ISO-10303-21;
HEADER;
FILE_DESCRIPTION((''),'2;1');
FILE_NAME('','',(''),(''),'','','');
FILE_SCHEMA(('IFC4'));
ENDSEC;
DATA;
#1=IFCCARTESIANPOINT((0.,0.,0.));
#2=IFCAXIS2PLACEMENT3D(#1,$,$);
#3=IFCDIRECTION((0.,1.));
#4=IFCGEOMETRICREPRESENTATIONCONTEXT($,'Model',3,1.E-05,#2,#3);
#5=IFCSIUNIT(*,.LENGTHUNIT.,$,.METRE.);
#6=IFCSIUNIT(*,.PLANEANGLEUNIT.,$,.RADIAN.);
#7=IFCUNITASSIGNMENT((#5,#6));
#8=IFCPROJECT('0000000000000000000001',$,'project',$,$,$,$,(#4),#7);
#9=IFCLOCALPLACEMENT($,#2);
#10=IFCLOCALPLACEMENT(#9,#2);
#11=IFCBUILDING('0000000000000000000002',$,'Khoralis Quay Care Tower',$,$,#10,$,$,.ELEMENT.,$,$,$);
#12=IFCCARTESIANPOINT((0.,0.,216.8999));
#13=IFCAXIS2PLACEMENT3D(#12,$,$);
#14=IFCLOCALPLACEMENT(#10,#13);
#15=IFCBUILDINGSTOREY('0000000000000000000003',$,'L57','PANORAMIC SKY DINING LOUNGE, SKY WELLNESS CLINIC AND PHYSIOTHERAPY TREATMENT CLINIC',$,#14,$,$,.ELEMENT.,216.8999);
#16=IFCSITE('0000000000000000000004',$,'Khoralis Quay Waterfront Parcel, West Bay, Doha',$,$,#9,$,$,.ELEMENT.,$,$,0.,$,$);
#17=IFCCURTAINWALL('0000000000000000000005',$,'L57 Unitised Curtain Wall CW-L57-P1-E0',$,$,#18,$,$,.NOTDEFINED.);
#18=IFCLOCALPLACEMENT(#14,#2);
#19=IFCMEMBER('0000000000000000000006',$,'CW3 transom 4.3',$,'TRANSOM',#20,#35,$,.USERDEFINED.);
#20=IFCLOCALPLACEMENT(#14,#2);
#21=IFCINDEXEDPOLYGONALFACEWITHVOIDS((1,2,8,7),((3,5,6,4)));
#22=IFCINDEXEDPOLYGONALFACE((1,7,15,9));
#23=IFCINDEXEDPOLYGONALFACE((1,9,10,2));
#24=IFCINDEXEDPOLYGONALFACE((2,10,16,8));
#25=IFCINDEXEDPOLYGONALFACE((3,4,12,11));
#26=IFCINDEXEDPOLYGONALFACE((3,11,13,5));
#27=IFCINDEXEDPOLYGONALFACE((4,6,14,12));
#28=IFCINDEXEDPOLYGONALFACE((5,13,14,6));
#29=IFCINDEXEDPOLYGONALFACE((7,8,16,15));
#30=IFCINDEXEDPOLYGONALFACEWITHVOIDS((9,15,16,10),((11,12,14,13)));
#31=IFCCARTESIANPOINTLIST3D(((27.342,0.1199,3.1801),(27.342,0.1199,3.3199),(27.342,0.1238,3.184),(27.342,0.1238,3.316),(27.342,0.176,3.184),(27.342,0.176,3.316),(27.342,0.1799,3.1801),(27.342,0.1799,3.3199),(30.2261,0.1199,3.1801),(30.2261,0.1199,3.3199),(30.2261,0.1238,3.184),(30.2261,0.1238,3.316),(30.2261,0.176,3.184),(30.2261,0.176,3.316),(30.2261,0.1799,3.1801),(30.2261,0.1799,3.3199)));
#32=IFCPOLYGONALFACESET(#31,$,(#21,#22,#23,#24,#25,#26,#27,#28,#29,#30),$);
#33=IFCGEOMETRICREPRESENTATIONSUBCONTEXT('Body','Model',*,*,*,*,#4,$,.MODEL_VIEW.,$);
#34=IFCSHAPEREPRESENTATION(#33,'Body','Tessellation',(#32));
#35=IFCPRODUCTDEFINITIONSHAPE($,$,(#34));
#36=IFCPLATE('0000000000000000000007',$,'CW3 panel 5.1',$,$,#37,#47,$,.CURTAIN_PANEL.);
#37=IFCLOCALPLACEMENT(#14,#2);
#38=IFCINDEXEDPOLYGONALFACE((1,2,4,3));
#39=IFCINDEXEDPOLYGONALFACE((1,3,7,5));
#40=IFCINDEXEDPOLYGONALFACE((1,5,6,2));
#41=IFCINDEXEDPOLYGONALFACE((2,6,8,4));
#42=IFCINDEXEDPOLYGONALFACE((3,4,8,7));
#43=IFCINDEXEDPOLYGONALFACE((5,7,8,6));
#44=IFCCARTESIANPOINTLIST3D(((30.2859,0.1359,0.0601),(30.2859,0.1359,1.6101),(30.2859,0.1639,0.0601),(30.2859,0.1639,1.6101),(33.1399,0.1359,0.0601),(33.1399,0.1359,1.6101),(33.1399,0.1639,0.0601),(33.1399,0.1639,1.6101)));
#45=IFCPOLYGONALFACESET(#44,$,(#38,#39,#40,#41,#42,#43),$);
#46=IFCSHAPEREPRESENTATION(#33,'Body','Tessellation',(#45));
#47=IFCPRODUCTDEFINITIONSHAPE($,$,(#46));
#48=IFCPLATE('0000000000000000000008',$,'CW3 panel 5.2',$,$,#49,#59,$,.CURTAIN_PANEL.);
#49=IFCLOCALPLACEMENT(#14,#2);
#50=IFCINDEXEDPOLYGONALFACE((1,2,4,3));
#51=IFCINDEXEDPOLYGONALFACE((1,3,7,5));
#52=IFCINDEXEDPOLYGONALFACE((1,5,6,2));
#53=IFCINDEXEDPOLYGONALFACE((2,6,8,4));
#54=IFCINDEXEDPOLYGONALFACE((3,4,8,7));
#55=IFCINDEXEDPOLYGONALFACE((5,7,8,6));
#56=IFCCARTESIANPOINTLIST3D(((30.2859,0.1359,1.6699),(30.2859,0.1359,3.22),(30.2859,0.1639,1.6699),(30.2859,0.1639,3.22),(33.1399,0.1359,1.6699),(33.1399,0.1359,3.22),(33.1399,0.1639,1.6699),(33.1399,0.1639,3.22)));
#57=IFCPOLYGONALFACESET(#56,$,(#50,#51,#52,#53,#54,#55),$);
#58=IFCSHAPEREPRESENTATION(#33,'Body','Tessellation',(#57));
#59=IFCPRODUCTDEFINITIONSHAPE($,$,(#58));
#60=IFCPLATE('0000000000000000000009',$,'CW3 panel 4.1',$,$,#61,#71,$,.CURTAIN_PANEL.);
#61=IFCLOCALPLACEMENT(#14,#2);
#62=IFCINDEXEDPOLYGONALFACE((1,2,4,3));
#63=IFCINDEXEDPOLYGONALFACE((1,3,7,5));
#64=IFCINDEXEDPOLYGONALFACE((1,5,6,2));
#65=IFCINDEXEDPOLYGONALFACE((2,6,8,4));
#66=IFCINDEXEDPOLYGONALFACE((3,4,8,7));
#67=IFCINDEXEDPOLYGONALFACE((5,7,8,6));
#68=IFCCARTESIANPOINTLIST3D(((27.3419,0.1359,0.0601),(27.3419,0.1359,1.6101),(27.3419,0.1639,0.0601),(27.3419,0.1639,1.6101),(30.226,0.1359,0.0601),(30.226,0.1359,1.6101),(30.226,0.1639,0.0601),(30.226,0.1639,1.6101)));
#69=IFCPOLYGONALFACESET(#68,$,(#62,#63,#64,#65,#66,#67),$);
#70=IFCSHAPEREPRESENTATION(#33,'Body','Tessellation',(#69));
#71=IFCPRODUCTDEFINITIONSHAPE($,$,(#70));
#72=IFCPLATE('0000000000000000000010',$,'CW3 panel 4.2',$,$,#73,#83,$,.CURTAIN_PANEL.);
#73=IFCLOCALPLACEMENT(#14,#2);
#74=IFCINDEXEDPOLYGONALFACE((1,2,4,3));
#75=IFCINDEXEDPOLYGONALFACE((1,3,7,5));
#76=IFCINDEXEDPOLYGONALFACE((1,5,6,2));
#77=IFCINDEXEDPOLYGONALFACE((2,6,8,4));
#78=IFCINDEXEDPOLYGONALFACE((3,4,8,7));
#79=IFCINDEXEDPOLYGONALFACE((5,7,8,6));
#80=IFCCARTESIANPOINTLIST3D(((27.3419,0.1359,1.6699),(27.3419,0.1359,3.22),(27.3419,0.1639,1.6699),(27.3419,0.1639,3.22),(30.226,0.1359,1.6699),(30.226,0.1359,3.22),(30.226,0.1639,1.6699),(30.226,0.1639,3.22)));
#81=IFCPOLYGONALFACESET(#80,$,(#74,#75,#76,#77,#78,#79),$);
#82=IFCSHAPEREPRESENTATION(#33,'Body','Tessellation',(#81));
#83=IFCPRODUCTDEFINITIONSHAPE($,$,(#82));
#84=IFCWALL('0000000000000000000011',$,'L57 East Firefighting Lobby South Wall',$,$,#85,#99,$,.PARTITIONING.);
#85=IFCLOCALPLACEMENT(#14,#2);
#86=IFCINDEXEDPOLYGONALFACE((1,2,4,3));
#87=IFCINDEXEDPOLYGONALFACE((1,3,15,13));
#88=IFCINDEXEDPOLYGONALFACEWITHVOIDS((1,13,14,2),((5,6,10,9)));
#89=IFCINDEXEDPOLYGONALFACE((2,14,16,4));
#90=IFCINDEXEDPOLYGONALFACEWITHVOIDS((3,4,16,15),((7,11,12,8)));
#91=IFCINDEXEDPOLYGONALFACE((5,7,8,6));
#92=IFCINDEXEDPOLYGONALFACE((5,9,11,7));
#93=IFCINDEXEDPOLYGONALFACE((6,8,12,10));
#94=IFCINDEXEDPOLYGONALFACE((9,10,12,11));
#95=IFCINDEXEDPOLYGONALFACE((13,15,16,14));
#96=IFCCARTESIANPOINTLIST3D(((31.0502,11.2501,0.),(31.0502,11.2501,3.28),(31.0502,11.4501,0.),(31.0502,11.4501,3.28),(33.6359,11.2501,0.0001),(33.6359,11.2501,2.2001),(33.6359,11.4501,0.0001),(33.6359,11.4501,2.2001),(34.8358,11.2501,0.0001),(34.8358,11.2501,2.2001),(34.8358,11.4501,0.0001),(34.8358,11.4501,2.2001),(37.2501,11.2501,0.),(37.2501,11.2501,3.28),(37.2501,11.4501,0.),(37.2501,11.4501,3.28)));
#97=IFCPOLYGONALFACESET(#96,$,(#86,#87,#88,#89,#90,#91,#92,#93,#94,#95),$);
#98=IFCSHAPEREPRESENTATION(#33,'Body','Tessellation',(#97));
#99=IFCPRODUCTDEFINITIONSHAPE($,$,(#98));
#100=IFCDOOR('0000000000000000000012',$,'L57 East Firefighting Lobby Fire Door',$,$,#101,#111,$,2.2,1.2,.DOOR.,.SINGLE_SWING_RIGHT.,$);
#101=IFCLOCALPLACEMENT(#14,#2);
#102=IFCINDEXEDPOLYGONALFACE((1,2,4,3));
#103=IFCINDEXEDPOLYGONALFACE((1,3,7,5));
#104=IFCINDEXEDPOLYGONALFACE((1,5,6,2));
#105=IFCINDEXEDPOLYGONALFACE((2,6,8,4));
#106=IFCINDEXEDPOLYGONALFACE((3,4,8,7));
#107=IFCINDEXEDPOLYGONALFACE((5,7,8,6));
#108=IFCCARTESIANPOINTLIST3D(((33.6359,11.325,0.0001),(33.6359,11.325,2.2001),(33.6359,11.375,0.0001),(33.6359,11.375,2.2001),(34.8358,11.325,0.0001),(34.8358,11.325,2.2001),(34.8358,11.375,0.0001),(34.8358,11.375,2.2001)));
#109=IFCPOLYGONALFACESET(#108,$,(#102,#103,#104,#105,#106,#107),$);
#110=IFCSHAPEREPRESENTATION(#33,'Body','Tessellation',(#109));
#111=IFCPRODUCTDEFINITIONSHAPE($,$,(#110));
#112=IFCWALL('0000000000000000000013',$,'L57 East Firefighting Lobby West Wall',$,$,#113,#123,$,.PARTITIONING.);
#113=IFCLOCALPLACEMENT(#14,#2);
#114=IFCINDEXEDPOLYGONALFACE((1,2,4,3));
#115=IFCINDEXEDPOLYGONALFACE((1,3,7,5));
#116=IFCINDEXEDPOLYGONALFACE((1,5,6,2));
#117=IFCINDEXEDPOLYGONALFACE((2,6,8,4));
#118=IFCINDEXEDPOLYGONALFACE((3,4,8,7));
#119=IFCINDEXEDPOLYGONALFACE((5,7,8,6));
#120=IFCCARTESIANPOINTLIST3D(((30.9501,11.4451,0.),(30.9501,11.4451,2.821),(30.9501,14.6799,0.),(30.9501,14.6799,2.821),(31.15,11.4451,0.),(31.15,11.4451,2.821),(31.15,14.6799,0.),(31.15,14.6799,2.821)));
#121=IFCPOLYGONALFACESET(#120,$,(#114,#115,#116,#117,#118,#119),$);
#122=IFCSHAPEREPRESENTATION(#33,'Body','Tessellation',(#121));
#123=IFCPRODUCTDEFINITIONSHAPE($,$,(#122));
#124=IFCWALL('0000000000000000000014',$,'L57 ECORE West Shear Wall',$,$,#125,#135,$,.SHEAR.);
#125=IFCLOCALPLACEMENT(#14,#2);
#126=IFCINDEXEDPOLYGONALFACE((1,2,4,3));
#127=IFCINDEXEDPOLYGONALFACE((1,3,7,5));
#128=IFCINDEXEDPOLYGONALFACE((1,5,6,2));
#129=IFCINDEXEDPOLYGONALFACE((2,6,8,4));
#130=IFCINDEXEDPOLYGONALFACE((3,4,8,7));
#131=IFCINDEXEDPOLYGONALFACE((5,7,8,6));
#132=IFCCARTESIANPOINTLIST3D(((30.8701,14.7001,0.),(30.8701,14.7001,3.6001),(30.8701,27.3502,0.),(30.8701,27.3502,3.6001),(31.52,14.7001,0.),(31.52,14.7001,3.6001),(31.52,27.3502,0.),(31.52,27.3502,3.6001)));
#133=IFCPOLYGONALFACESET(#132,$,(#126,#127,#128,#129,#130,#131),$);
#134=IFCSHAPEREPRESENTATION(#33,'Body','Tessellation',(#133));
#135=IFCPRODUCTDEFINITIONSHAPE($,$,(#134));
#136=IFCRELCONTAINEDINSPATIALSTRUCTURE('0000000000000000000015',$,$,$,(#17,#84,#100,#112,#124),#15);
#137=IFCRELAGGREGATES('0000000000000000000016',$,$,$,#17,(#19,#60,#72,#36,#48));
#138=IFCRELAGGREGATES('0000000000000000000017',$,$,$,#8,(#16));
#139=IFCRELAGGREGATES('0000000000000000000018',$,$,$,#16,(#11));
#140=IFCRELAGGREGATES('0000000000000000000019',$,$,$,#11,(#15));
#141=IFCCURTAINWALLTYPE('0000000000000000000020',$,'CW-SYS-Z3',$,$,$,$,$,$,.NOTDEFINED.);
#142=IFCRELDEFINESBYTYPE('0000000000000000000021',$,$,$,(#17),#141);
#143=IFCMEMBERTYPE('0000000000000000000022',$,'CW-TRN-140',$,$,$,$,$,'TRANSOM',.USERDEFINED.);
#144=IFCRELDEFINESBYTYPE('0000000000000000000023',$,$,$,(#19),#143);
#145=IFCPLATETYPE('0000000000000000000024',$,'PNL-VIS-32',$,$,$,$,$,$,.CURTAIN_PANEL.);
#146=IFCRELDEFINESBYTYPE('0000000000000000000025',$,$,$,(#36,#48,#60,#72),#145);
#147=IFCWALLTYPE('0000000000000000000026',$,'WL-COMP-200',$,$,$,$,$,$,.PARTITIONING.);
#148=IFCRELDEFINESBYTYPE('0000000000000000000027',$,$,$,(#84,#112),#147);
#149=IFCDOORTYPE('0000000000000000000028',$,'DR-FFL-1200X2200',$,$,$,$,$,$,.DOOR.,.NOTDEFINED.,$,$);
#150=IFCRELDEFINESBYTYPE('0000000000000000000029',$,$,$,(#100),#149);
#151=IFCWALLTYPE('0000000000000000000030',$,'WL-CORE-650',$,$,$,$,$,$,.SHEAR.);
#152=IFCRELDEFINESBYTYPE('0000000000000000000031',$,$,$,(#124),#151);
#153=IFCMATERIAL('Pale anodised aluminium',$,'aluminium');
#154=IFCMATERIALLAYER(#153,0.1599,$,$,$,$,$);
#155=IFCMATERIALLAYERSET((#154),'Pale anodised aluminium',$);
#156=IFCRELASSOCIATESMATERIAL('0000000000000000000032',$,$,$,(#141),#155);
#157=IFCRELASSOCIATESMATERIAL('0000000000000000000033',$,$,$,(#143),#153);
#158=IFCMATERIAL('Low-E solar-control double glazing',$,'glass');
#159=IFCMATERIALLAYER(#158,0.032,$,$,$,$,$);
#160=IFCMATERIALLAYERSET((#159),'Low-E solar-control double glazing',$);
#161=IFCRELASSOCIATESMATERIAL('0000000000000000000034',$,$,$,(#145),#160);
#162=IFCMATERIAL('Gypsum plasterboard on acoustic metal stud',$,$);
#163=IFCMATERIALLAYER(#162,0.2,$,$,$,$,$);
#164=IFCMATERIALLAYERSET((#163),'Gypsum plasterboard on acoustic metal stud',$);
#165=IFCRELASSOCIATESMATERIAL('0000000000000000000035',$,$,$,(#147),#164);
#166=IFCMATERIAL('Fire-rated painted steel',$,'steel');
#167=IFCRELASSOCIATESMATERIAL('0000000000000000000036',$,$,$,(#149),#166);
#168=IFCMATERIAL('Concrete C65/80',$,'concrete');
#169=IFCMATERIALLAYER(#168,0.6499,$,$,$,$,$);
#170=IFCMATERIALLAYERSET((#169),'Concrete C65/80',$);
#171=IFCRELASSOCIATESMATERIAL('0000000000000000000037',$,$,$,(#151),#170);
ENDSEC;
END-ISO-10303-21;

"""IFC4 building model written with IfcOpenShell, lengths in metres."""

from ifc_helpers import new_model, si_unit, direction, frame, frame_2d, origin, origin_2d, place, context, subcontext, project, spatial, rectangle, hollow_rectangle, extrude, source, transform, mapped, material, layer, layer_set, material_profile, profile_set, type_object, element, fill, aggregate, save


model = new_model("IFC4")

# Units and contexts
model_context = context("Model", 3, precision=1e-05, world=origin(), true_north=direction((0.0, 1.0)))
body_context = subcontext(model_context, "Body", "Model", "MODEL_VIEW")
ifc_project = project(units=[si_unit("LENGTHUNIT", "METRE"), si_unit("PLANEANGLEUNIT", "RADIAN")], contexts=[model_context])

# Site, building, storey
site_placement = place(None, origin())
site = spatial("IfcSite", under=ifc_project, at=site_placement, Name="Khoralis Quay Waterfront Parcel, West Bay, Doha", CompositionType="ELEMENT", RefElevation=0.0)
building_placement = place(site_placement, origin())
building = spatial("IfcBuilding", under=site, at=building_placement, Name="Khoralis Quay Care Tower", CompositionType="ELEMENT")
storey_placement = place(building_placement, frame((0.0, 0.0, 216.8999)))
storey = spatial("IfcBuildingStorey", under=building, at=storey_placement, Name="L57", Description="PANORAMIC SKY DINING LOUNGE, SKY WELLNESS CLINIC AND PHYSIOTHERAPY TREATMENT CLINIC", CompositionType="ELEMENT", Elevation=216.8999)

# Shared definitions
ifc_material_1 = material(Name="Concrete C65/80", Category="concrete")

# Curtain wall, member, plates
ifc_material_2 = material(Name="Pale anodised aluminium", Category="aluminium")
ifc_layer_1 = layer(ifc_material_2, 0.1599)
ifc_layer_set_1 = layer_set([ifc_layer_1], Name="Pale anodised aluminium")
curtain_wall_type = type_object("IfcCurtainWallType", Name="CW-SYS-Z3", PredefinedType="NOTDEFINED", material=ifc_layer_set_1)
curtain_wall_placement = place(storey_placement, origin())
curtain_wall = element("IfcCurtainWall", 1, at=curtain_wall_placement, inside=storey, type_object=curtain_wall_type, Name="L57 Unitised Curtain Wall CW-L57-P1-E0", PredefinedType="NOTDEFINED")
ifc_material_profile_1 = material_profile(ifc_material_2, hollow_rectangle(XDim=0.0601, YDim=0.1399, WallThickness=0.0039, at=origin_2d()), Name="Pale anodised aluminium")
ifc_profile_set_1 = profile_set([ifc_material_profile_1], Name="Pale anodised aluminium")
member_type_1 = type_object("IfcMemberType", Name="CW-TRN-140", ElementType="TRANSOM", PredefinedType="USERDEFINED", material=ifc_profile_set_1)
shared_shape_1 = source(origin(), body_context, "Body", "SweptSolid", [
    extrude(hollow_rectangle(XDim=0.0601, YDim=0.1399, WallThickness=0.0039, at=origin_2d()), origin(), (0.0, 0.0, 1.0), 2.884),
])
member_1_placement = place(storey_placement, frame((27.342, 0.1499, 3.25), z_axis=(1.0, 0.0, 0.0), x_axis=(0.0, 1.0, 0.0)))
member_1 = element("IfcMember", 2, at=member_1_placement, type_object=member_type_1, Name="CW3 transom 4.3", ObjectType="TRANSOM", PredefinedType="USERDEFINED", context=body_context, shape_type="MappedRepresentation", body=[
    mapped(shared_shape_1, transform((0.0, 0.0, 0.0), scale=1.0)),
])
ifc_material_3 = material(Name="Low-E solar-control double glazing", Category="glass")
ifc_layer_2 = layer(ifc_material_3, 0.032)
ifc_layer_set_2 = layer_set([ifc_layer_2], Name="Low-E solar-control double glazing")
plate_type = type_object("IfcPlateType", Name="PNL-VIS-32", PredefinedType="CURTAIN_PANEL", material=ifc_layer_set_2)
shared_shape_2 = source(origin(), body_context, "Body", "SweptSolid", [
    extrude(rectangle(XDim=2.854, YDim=0.0281, at=origin_2d()), origin(), (0.0, 0.0, 1.0), 1.55),
])
plate_1_placement = place(storey_placement, frame((31.7129, 0.1499, 0.0601), z_axis=(0.0, 0.0, 1.0), x_axis=(1.0, 0.0, 0.0)))
plate_1 = element("IfcPlate", 3, at=plate_1_placement, type_object=plate_type, Name="CW3 panel 5.1", PredefinedType="CURTAIN_PANEL", context=body_context, shape_type="MappedRepresentation", body=[
    mapped(shared_shape_2, transform((0.0, 0.0, 0.0), scale=1.0)),
])
plate_2_placement = place(storey_placement, frame((31.7129, 0.1499, 1.6699), z_axis=(0.0, 0.0, 1.0), x_axis=(1.0, 0.0, 0.0)))
plate_2 = element("IfcPlate", 4, at=plate_2_placement, type_object=plate_type, Name="CW3 panel 5.2", PredefinedType="CURTAIN_PANEL", context=body_context, shape_type="MappedRepresentation", body=[
    mapped(shared_shape_2, transform((0.0, 0.0, 0.0), scale=1.0)),
])
shared_shape_3 = source(origin(), body_context, "Body", "SweptSolid", [
    extrude(rectangle(XDim=2.884, YDim=0.0281, at=origin_2d()), origin(), (0.0, 0.0, 1.0), 1.55),
])
plate_3_placement = place(storey_placement, frame((28.7839, 0.1499, 0.0601), z_axis=(0.0, 0.0, 1.0), x_axis=(1.0, 0.0, 0.0)))
plate_3 = element("IfcPlate", 5, at=plate_3_placement, type_object=plate_type, Name="CW3 panel 4.1", PredefinedType="CURTAIN_PANEL", context=body_context, shape_type="MappedRepresentation", body=[
    mapped(shared_shape_3, transform((0.0, 0.0, 0.0), scale=1.0)),
])
plate_4_placement = place(storey_placement, frame((28.7839, 0.1499, 1.6699), z_axis=(0.0, 0.0, 1.0), x_axis=(1.0, 0.0, 0.0)))
plate_4 = element("IfcPlate", 6, at=plate_4_placement, type_object=plate_type, Name="CW3 panel 4.2", PredefinedType="CURTAIN_PANEL", context=body_context, shape_type="MappedRepresentation", body=[
    mapped(shared_shape_3, transform((0.0, 0.0, 0.0), scale=1.0)),
])
aggregate(curtain_wall, [member_1, plate_3, plate_4, plate_1, plate_2])

# Wall, opening, door
ifc_material_4 = material(Name="Gypsum plasterboard on acoustic metal stud")
ifc_layer_3 = layer(ifc_material_4, 0.2)
ifc_layer_set_3 = layer_set([ifc_layer_3], Name="Gypsum plasterboard on acoustic metal stud")
wall_type_1 = type_object("IfcWallType", Name="WL-COMP-200", PredefinedType="PARTITIONING", material=ifc_layer_set_3)
wall_1_placement = place(storey_placement, frame((31.05, 11.3501, 0.0), z_axis=(0.0, 0.0, 1.0), x_axis=(1.0, 0.0, 0.0)))
wall_1 = element("IfcWall", 7, at=wall_1_placement, inside=storey, type_object=wall_type_1, Name="L57 East Firefighting Lobby South Wall", PredefinedType="PARTITIONING", context=body_context, shape_type="SweptSolid", body=[
    extrude(rectangle(XDim=6.2, YDim=0.2, at=frame_2d((3.1001, 0.0))), origin(), (0.0, 0.0, 1.0), 3.28),
])
opening_1_placement = place(wall_1_placement, frame((2.5857, 0.0, 0.0)))
opening_1 = element("IfcOpeningElement", 8, at=opening_1_placement, cuts=wall_1, PredefinedType="OPENING", context=body_context, shape_type="SweptSolid", body=[
    extrude(rectangle(XDim=1.2, YDim=2.2, at=frame_2d((0.6001, 1.1001))), frame((0.0, 0.1099, 0.0), z_axis=(0.0, -1.0, 0.0), x_axis=(1.0, 0.0, 0.0)), (0.0, 0.0, 1.0), 0.22),
])
ifc_material_5 = material(Name="Fire-rated painted steel", Category="steel")
door_type_1 = type_object("IfcDoorType", Name="DR-FFL-1200X2200", OperationType="NOTDEFINED", PredefinedType="DOOR", material=ifc_material_5)
shared_shape_4 = source(origin(), body_context, "Body", "SweptSolid", [
    extrude(rectangle(XDim=1.2, YDim=2.2, at=frame_2d((0.6001, 1.1001))), frame((0.0, 0.0249, 0.0), z_axis=(0.0, -1.0, 0.0), x_axis=(1.0, 0.0, 0.0)), (0.0, 0.0, 1.0), 0.05),
])
door_1_placement = place(opening_1_placement, origin())
door_1 = element("IfcDoor", 9, at=door_1_placement, inside=storey, type_object=door_type_1, Name="L57 East Firefighting Lobby Fire Door", OperationType="SINGLE_SWING_RIGHT", OverallHeight=2.2, OverallWidth=1.2, PredefinedType="DOOR", context=body_context, shape_type="MappedRepresentation", body=[
    mapped(shared_shape_4, transform((0.0, 0.0, 0.0), scale=1.0)),
])
fill(opening_1, door_1)

# Walls
wall_2_placement = place(storey_placement, frame((31.05, 11.4451, 0.0), z_axis=(0.0, 0.0, 1.0), x_axis=(0.0, 1.0, 0.0)))
element("IfcWall", 10, at=wall_2_placement, inside=storey, type_object=wall_type_1, Name="L57 East Firefighting Lobby West Wall", PredefinedType="PARTITIONING", context=body_context, shape_type="SweptSolid", body=[
    extrude(rectangle(XDim=3.2349, YDim=0.2, at=frame_2d((1.6174, 0.0))), origin(), (0.0, 0.0, 1.0), 2.821),
])
ifc_layer_4 = layer(ifc_material_1, 0.6499)
ifc_layer_set_4 = layer_set([ifc_layer_4], Name="Concrete C65/80")
wall_type_2 = type_object("IfcWallType", Name="WL-CORE-650", PredefinedType="SHEAR", material=ifc_layer_set_4)
wall_3_placement = place(storey_placement, frame((31.1951, 14.7, 0.0), z_axis=(0.0, 0.0, 1.0), x_axis=(0.0, 1.0, 0.0)))
element("IfcWall", 11, at=wall_3_placement, inside=storey, type_object=wall_type_2, Name="L57 ECORE West Shear Wall", PredefinedType="SHEAR", context=body_context, shape_type="SweptSolid", body=[
    extrude(rectangle(XDim=12.6501, YDim=0.6499, at=frame_2d((6.3252, 0.0))), origin(), (0.0, 0.0, 1.0), 3.6001),
])

save(model, "model.ifc")
